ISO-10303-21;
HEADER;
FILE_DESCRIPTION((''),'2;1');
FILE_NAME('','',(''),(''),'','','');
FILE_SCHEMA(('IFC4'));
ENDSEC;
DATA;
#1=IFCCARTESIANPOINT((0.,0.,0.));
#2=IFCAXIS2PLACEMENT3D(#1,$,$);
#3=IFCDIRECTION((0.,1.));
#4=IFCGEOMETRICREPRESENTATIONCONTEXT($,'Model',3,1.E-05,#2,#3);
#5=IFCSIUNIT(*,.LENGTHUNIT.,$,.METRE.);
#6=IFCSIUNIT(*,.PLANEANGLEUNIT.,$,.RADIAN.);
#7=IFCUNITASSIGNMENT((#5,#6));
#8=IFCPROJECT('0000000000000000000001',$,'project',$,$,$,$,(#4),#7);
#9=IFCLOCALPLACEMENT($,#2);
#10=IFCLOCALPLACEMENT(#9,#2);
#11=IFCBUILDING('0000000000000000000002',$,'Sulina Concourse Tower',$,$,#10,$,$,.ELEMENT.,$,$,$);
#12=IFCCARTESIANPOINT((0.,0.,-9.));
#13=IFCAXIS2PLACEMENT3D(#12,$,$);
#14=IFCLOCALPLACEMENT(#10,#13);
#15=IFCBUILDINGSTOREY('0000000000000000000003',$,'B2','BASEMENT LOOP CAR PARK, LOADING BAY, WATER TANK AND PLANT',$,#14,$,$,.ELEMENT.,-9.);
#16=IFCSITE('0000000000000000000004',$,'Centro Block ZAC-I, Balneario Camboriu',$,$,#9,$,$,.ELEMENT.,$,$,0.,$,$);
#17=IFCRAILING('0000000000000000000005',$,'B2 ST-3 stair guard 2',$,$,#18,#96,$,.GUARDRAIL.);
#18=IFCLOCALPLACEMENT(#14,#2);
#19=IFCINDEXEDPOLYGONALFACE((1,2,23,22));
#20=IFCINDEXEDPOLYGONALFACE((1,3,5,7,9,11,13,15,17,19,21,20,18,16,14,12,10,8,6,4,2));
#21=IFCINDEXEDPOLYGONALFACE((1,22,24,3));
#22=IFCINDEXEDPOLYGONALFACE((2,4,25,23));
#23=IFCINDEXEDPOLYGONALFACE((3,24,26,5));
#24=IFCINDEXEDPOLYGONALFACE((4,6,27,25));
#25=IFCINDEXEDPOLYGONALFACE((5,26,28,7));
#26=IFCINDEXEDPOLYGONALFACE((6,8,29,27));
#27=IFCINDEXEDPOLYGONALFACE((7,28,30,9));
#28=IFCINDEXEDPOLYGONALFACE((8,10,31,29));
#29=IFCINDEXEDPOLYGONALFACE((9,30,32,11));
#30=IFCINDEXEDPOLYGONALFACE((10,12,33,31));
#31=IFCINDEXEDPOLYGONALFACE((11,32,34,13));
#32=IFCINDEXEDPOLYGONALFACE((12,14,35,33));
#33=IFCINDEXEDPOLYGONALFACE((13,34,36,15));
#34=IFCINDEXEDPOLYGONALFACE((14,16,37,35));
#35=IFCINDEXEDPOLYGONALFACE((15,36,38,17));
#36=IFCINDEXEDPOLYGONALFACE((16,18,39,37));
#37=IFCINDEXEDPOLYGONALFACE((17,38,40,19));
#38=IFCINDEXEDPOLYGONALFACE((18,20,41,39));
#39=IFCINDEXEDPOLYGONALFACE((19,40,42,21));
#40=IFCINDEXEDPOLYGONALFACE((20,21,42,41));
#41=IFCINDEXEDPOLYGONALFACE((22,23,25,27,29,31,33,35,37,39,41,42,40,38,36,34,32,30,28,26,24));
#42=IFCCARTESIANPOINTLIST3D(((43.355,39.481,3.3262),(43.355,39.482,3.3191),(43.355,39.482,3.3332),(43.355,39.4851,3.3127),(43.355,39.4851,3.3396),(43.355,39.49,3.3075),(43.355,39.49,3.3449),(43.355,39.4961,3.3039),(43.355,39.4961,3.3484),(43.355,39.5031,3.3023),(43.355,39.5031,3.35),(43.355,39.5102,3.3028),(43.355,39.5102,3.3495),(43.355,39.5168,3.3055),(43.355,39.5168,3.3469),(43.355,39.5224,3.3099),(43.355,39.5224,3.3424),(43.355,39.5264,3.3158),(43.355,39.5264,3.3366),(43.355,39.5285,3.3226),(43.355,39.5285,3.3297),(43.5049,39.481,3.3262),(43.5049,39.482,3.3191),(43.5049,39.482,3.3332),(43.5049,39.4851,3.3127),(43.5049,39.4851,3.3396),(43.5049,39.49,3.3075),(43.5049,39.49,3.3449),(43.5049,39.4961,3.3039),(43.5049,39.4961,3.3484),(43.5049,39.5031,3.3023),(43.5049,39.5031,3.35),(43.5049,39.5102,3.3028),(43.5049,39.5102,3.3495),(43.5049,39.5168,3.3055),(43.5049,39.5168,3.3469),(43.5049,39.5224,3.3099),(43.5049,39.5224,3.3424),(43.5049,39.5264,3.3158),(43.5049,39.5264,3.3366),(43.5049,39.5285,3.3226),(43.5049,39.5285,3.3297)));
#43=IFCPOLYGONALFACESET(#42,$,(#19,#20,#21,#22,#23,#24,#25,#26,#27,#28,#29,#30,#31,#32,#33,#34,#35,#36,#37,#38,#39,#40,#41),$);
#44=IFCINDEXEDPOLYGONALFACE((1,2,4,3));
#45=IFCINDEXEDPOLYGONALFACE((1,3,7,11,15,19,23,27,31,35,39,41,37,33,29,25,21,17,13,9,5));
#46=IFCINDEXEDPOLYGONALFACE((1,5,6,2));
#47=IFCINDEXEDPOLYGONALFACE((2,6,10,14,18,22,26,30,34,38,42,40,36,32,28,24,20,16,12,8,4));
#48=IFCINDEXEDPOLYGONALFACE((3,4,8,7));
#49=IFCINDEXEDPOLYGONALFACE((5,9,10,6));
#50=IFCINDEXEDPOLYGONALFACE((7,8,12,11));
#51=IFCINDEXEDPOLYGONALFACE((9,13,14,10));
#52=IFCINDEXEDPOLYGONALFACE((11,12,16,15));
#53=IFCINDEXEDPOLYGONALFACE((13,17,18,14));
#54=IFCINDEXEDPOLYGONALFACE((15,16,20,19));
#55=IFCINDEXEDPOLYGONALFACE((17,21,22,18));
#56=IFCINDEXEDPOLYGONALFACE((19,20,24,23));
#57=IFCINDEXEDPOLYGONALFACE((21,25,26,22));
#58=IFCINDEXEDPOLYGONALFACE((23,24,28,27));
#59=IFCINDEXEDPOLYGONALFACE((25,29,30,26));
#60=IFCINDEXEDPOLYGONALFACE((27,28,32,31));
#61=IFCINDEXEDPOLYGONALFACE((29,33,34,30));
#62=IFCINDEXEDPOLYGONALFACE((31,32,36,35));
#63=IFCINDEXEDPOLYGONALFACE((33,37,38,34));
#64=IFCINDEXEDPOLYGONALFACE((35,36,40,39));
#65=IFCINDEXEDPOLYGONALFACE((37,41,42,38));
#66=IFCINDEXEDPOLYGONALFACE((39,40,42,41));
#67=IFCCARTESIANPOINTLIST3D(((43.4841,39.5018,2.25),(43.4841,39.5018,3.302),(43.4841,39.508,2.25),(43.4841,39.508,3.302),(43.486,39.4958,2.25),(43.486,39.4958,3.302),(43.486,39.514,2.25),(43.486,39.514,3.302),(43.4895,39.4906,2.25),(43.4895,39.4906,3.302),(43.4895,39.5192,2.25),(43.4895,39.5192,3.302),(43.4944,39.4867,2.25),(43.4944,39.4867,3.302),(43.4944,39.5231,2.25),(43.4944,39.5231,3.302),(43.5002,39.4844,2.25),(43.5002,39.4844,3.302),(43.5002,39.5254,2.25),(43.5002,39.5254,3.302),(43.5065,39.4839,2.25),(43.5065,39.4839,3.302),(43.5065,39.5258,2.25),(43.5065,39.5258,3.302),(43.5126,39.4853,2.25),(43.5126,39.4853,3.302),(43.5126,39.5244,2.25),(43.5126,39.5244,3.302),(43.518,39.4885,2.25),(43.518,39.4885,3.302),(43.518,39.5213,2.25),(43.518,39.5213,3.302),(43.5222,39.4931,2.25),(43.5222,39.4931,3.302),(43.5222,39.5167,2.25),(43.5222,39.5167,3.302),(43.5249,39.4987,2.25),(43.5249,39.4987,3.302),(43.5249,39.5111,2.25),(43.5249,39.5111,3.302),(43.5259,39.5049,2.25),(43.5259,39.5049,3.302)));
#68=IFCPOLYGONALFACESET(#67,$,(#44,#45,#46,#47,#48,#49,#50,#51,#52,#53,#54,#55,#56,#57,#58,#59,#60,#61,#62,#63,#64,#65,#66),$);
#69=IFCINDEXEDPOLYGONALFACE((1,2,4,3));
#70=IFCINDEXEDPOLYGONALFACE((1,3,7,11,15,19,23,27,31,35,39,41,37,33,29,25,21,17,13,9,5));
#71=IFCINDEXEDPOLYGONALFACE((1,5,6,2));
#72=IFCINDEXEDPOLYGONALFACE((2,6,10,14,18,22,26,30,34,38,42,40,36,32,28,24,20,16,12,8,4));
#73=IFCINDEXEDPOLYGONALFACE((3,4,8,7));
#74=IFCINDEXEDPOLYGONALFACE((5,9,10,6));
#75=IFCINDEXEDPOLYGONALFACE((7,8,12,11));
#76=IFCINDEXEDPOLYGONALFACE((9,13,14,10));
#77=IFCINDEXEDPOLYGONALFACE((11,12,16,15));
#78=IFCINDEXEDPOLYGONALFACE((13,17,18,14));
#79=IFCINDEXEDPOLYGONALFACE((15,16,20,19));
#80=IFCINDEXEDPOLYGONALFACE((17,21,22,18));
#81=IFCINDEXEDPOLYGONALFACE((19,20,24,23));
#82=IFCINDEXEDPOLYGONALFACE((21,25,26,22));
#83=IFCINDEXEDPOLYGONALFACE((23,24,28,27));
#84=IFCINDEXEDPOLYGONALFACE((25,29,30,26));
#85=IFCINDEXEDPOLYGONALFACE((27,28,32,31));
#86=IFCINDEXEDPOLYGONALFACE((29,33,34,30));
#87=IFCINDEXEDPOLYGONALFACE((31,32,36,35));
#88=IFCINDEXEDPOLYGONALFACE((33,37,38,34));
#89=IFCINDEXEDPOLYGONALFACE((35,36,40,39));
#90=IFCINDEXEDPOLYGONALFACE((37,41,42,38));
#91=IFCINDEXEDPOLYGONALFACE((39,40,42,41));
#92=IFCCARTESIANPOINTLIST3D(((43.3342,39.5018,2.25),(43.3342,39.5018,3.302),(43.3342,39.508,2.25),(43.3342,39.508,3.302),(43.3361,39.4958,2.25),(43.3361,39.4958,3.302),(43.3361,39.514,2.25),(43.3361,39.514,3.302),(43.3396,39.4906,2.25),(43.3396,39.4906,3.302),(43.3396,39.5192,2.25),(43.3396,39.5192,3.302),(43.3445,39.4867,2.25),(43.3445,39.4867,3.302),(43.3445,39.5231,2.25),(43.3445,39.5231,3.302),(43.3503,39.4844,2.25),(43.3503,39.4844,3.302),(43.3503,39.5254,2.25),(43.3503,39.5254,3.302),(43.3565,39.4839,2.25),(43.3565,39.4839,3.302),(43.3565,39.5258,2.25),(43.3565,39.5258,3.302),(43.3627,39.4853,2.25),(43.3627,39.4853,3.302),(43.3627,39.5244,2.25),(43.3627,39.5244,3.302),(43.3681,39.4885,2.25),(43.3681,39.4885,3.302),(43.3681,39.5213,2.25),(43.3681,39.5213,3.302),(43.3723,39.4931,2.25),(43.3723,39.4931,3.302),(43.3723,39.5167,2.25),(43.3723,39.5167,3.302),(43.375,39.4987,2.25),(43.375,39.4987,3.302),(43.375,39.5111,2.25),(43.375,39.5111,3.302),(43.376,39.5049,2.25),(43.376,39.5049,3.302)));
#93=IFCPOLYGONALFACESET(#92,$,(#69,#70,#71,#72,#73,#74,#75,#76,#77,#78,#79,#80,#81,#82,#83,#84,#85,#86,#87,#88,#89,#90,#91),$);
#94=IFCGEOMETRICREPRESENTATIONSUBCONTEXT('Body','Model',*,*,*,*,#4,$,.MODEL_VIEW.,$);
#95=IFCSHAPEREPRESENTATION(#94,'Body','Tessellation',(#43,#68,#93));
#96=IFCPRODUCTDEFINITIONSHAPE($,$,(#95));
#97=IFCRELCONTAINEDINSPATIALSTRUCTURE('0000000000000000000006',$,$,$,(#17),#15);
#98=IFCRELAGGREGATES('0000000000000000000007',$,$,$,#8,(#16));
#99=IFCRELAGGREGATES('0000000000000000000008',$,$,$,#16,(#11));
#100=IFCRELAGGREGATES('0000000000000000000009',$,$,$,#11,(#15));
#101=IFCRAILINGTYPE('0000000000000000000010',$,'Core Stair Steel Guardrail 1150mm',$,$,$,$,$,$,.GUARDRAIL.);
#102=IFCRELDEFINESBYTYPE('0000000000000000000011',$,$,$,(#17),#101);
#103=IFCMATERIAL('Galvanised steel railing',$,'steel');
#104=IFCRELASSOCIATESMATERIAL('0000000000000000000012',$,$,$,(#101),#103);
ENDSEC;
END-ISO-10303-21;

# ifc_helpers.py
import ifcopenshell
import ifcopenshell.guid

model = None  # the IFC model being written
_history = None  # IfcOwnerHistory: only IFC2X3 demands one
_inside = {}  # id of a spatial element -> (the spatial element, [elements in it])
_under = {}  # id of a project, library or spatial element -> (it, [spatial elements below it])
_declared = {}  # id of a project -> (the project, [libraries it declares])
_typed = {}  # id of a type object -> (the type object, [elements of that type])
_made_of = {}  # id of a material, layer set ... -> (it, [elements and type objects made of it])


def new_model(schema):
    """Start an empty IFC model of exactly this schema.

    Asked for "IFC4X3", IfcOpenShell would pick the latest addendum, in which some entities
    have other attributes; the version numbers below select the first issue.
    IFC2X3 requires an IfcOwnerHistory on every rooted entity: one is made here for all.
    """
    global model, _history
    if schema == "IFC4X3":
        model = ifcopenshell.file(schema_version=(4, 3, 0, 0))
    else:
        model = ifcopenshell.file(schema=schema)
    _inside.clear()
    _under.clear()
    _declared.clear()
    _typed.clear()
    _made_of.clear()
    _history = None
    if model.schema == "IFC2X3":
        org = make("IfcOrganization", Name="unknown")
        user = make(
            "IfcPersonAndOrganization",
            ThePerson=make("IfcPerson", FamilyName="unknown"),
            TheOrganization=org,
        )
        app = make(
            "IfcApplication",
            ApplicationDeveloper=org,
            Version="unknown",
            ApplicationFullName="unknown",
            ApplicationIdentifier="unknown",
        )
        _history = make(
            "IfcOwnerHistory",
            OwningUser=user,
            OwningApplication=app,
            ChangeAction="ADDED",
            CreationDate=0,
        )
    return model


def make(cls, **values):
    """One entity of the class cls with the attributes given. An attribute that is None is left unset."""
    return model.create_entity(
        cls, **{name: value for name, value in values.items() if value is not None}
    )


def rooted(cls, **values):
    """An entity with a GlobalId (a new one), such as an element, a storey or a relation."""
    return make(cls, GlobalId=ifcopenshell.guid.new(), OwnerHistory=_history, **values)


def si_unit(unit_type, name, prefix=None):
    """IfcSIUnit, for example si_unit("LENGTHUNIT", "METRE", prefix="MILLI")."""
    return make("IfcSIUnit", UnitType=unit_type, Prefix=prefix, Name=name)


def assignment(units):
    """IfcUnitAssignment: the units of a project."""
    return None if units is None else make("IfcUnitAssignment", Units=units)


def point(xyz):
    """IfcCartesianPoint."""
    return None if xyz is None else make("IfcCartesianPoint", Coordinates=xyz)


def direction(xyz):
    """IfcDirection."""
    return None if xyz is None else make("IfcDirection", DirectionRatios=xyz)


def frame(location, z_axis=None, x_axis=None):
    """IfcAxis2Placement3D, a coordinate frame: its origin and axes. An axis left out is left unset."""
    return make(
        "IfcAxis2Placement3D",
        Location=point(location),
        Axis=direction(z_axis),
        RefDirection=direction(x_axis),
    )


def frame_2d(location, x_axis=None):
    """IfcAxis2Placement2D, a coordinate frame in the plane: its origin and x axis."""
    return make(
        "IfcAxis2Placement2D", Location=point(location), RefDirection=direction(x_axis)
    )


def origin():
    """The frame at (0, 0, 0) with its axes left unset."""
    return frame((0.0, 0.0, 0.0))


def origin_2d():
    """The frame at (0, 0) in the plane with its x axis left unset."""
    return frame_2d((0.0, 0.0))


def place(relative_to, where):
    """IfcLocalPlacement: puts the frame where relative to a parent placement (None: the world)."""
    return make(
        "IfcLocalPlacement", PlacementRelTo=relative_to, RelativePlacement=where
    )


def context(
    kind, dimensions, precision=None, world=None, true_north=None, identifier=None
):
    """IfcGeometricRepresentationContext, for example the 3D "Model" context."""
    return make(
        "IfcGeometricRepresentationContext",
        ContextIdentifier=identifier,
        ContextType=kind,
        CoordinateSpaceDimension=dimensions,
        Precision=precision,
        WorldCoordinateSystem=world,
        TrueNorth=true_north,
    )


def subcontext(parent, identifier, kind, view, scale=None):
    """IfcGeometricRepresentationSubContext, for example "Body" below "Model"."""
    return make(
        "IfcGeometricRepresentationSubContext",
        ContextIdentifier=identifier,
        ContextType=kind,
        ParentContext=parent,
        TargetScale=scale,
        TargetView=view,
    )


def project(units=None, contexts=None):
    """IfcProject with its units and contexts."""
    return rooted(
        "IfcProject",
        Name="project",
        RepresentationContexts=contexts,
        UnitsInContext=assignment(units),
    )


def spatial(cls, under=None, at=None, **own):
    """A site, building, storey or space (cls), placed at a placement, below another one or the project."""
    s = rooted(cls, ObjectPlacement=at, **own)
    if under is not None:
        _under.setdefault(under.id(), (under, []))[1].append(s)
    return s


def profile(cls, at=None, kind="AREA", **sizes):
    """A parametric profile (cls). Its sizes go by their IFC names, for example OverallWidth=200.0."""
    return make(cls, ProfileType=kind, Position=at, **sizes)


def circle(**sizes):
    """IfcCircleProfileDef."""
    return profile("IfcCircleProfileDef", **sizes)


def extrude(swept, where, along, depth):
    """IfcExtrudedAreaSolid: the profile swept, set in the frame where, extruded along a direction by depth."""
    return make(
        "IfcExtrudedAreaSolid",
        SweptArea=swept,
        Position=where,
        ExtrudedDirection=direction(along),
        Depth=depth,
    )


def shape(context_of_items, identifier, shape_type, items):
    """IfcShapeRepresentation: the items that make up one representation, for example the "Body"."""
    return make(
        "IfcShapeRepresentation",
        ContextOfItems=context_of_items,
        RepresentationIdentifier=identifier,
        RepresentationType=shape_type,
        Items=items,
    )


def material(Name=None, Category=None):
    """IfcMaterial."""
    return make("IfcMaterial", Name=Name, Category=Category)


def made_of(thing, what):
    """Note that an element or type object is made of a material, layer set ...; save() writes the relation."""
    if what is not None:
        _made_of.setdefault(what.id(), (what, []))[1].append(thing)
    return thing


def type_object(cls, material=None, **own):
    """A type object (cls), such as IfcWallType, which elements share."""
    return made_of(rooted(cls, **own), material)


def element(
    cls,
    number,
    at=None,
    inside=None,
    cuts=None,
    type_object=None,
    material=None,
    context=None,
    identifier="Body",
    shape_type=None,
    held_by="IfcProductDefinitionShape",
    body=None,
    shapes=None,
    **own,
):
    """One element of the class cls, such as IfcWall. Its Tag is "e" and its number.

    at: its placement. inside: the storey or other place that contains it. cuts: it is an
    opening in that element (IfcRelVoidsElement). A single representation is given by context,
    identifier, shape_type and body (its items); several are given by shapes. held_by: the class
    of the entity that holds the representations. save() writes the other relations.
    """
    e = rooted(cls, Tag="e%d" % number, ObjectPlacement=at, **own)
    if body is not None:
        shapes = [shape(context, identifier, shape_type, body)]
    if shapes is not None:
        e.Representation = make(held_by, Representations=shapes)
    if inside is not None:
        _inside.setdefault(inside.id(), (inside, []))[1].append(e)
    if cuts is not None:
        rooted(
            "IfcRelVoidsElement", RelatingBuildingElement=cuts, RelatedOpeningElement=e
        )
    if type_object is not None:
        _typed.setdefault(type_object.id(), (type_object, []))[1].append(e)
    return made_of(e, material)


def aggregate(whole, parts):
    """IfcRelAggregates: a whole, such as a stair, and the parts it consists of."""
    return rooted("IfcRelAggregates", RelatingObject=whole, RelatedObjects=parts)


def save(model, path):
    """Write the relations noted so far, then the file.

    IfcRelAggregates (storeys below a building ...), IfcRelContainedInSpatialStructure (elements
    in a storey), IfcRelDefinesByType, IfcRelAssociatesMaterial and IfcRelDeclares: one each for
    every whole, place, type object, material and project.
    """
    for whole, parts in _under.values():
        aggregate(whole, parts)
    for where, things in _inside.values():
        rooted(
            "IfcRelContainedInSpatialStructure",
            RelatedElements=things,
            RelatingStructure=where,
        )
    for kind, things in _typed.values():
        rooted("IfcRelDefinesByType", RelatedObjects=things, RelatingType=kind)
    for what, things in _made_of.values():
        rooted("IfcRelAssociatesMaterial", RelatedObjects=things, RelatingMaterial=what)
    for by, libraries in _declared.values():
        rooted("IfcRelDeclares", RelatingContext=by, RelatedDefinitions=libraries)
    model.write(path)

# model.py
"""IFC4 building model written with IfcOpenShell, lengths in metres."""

from ifc_helpers import new_model, si_unit, direction, frame, origin, origin_2d, place, context, subcontext, project, spatial, circle, extrude, material, type_object, element, save


model = new_model("IFC4")

# Units and contexts
model_context = context("Model", 3, precision=1e-05, world=origin(), true_north=direction((0.0, 1.0)))
body_context = subcontext(model_context, "Body", "Model", "MODEL_VIEW")
ifc_project = project(units=[si_unit("LENGTHUNIT", "METRE"), si_unit("PLANEANGLEUNIT", "RADIAN")], contexts=[model_context])

# Site, building, storey
site_placement = place(None, origin())
site = spatial("IfcSite", under=ifc_project, at=site_placement, Name="Centro Block ZAC-I, Balneario Camboriu", CompositionType="ELEMENT", RefElevation=0.0)
building_placement = place(site_placement, origin())
building = spatial("IfcBuilding", under=site, at=building_placement, Name="Sulina Concourse Tower", CompositionType="ELEMENT")
storey_placement = place(building_placement, frame((0.0, 0.0, -9.0)))
storey = spatial("IfcBuildingStorey", under=building, at=storey_placement, Name="B2", Description="BASEMENT LOOP CAR PARK, LOADING BAY, WATER TANK AND PLANT", CompositionType="ELEMENT", Elevation=-9.0)

# Railing
ifc_material_1 = material(Name="Galvanised steel railing", Category="steel")
railing_type_1 = type_object("IfcRailingType", Name="Core Stair Steel Guardrail 1150mm", PredefinedType="GUARDRAIL", material=ifc_material_1)
railing_1_placement = place(storey_placement, frame((43.5049, 39.5049, 2.25)))
element("IfcRailing", 1, at=railing_1_placement, inside=storey, type_object=railing_type_1, Name="B2 ST-3 stair guard 2", PredefinedType="GUARDRAIL", context=body_context, shape_type="SweptSolid", body=[
    extrude(circle(Radius=0.0239, at=origin_2d()), frame((0.0, 0.0, 1.0762), z_axis=(-1.0, 0.0, 0.0), x_axis=(0.0, -1.0, 0.0)), (0.0, 0.0, 1.0), 0.1499),
    extrude(circle(Radius=0.021, at=origin_2d()), origin(), (0.0, 0.0, 1.0), 1.052),
    extrude(circle(Radius=0.021, at=origin_2d()), frame((-0.1499, 0.0, 0.0)), (0.0, 0.0, 1.0), 1.052),
])

save(model, "model.ifc")
